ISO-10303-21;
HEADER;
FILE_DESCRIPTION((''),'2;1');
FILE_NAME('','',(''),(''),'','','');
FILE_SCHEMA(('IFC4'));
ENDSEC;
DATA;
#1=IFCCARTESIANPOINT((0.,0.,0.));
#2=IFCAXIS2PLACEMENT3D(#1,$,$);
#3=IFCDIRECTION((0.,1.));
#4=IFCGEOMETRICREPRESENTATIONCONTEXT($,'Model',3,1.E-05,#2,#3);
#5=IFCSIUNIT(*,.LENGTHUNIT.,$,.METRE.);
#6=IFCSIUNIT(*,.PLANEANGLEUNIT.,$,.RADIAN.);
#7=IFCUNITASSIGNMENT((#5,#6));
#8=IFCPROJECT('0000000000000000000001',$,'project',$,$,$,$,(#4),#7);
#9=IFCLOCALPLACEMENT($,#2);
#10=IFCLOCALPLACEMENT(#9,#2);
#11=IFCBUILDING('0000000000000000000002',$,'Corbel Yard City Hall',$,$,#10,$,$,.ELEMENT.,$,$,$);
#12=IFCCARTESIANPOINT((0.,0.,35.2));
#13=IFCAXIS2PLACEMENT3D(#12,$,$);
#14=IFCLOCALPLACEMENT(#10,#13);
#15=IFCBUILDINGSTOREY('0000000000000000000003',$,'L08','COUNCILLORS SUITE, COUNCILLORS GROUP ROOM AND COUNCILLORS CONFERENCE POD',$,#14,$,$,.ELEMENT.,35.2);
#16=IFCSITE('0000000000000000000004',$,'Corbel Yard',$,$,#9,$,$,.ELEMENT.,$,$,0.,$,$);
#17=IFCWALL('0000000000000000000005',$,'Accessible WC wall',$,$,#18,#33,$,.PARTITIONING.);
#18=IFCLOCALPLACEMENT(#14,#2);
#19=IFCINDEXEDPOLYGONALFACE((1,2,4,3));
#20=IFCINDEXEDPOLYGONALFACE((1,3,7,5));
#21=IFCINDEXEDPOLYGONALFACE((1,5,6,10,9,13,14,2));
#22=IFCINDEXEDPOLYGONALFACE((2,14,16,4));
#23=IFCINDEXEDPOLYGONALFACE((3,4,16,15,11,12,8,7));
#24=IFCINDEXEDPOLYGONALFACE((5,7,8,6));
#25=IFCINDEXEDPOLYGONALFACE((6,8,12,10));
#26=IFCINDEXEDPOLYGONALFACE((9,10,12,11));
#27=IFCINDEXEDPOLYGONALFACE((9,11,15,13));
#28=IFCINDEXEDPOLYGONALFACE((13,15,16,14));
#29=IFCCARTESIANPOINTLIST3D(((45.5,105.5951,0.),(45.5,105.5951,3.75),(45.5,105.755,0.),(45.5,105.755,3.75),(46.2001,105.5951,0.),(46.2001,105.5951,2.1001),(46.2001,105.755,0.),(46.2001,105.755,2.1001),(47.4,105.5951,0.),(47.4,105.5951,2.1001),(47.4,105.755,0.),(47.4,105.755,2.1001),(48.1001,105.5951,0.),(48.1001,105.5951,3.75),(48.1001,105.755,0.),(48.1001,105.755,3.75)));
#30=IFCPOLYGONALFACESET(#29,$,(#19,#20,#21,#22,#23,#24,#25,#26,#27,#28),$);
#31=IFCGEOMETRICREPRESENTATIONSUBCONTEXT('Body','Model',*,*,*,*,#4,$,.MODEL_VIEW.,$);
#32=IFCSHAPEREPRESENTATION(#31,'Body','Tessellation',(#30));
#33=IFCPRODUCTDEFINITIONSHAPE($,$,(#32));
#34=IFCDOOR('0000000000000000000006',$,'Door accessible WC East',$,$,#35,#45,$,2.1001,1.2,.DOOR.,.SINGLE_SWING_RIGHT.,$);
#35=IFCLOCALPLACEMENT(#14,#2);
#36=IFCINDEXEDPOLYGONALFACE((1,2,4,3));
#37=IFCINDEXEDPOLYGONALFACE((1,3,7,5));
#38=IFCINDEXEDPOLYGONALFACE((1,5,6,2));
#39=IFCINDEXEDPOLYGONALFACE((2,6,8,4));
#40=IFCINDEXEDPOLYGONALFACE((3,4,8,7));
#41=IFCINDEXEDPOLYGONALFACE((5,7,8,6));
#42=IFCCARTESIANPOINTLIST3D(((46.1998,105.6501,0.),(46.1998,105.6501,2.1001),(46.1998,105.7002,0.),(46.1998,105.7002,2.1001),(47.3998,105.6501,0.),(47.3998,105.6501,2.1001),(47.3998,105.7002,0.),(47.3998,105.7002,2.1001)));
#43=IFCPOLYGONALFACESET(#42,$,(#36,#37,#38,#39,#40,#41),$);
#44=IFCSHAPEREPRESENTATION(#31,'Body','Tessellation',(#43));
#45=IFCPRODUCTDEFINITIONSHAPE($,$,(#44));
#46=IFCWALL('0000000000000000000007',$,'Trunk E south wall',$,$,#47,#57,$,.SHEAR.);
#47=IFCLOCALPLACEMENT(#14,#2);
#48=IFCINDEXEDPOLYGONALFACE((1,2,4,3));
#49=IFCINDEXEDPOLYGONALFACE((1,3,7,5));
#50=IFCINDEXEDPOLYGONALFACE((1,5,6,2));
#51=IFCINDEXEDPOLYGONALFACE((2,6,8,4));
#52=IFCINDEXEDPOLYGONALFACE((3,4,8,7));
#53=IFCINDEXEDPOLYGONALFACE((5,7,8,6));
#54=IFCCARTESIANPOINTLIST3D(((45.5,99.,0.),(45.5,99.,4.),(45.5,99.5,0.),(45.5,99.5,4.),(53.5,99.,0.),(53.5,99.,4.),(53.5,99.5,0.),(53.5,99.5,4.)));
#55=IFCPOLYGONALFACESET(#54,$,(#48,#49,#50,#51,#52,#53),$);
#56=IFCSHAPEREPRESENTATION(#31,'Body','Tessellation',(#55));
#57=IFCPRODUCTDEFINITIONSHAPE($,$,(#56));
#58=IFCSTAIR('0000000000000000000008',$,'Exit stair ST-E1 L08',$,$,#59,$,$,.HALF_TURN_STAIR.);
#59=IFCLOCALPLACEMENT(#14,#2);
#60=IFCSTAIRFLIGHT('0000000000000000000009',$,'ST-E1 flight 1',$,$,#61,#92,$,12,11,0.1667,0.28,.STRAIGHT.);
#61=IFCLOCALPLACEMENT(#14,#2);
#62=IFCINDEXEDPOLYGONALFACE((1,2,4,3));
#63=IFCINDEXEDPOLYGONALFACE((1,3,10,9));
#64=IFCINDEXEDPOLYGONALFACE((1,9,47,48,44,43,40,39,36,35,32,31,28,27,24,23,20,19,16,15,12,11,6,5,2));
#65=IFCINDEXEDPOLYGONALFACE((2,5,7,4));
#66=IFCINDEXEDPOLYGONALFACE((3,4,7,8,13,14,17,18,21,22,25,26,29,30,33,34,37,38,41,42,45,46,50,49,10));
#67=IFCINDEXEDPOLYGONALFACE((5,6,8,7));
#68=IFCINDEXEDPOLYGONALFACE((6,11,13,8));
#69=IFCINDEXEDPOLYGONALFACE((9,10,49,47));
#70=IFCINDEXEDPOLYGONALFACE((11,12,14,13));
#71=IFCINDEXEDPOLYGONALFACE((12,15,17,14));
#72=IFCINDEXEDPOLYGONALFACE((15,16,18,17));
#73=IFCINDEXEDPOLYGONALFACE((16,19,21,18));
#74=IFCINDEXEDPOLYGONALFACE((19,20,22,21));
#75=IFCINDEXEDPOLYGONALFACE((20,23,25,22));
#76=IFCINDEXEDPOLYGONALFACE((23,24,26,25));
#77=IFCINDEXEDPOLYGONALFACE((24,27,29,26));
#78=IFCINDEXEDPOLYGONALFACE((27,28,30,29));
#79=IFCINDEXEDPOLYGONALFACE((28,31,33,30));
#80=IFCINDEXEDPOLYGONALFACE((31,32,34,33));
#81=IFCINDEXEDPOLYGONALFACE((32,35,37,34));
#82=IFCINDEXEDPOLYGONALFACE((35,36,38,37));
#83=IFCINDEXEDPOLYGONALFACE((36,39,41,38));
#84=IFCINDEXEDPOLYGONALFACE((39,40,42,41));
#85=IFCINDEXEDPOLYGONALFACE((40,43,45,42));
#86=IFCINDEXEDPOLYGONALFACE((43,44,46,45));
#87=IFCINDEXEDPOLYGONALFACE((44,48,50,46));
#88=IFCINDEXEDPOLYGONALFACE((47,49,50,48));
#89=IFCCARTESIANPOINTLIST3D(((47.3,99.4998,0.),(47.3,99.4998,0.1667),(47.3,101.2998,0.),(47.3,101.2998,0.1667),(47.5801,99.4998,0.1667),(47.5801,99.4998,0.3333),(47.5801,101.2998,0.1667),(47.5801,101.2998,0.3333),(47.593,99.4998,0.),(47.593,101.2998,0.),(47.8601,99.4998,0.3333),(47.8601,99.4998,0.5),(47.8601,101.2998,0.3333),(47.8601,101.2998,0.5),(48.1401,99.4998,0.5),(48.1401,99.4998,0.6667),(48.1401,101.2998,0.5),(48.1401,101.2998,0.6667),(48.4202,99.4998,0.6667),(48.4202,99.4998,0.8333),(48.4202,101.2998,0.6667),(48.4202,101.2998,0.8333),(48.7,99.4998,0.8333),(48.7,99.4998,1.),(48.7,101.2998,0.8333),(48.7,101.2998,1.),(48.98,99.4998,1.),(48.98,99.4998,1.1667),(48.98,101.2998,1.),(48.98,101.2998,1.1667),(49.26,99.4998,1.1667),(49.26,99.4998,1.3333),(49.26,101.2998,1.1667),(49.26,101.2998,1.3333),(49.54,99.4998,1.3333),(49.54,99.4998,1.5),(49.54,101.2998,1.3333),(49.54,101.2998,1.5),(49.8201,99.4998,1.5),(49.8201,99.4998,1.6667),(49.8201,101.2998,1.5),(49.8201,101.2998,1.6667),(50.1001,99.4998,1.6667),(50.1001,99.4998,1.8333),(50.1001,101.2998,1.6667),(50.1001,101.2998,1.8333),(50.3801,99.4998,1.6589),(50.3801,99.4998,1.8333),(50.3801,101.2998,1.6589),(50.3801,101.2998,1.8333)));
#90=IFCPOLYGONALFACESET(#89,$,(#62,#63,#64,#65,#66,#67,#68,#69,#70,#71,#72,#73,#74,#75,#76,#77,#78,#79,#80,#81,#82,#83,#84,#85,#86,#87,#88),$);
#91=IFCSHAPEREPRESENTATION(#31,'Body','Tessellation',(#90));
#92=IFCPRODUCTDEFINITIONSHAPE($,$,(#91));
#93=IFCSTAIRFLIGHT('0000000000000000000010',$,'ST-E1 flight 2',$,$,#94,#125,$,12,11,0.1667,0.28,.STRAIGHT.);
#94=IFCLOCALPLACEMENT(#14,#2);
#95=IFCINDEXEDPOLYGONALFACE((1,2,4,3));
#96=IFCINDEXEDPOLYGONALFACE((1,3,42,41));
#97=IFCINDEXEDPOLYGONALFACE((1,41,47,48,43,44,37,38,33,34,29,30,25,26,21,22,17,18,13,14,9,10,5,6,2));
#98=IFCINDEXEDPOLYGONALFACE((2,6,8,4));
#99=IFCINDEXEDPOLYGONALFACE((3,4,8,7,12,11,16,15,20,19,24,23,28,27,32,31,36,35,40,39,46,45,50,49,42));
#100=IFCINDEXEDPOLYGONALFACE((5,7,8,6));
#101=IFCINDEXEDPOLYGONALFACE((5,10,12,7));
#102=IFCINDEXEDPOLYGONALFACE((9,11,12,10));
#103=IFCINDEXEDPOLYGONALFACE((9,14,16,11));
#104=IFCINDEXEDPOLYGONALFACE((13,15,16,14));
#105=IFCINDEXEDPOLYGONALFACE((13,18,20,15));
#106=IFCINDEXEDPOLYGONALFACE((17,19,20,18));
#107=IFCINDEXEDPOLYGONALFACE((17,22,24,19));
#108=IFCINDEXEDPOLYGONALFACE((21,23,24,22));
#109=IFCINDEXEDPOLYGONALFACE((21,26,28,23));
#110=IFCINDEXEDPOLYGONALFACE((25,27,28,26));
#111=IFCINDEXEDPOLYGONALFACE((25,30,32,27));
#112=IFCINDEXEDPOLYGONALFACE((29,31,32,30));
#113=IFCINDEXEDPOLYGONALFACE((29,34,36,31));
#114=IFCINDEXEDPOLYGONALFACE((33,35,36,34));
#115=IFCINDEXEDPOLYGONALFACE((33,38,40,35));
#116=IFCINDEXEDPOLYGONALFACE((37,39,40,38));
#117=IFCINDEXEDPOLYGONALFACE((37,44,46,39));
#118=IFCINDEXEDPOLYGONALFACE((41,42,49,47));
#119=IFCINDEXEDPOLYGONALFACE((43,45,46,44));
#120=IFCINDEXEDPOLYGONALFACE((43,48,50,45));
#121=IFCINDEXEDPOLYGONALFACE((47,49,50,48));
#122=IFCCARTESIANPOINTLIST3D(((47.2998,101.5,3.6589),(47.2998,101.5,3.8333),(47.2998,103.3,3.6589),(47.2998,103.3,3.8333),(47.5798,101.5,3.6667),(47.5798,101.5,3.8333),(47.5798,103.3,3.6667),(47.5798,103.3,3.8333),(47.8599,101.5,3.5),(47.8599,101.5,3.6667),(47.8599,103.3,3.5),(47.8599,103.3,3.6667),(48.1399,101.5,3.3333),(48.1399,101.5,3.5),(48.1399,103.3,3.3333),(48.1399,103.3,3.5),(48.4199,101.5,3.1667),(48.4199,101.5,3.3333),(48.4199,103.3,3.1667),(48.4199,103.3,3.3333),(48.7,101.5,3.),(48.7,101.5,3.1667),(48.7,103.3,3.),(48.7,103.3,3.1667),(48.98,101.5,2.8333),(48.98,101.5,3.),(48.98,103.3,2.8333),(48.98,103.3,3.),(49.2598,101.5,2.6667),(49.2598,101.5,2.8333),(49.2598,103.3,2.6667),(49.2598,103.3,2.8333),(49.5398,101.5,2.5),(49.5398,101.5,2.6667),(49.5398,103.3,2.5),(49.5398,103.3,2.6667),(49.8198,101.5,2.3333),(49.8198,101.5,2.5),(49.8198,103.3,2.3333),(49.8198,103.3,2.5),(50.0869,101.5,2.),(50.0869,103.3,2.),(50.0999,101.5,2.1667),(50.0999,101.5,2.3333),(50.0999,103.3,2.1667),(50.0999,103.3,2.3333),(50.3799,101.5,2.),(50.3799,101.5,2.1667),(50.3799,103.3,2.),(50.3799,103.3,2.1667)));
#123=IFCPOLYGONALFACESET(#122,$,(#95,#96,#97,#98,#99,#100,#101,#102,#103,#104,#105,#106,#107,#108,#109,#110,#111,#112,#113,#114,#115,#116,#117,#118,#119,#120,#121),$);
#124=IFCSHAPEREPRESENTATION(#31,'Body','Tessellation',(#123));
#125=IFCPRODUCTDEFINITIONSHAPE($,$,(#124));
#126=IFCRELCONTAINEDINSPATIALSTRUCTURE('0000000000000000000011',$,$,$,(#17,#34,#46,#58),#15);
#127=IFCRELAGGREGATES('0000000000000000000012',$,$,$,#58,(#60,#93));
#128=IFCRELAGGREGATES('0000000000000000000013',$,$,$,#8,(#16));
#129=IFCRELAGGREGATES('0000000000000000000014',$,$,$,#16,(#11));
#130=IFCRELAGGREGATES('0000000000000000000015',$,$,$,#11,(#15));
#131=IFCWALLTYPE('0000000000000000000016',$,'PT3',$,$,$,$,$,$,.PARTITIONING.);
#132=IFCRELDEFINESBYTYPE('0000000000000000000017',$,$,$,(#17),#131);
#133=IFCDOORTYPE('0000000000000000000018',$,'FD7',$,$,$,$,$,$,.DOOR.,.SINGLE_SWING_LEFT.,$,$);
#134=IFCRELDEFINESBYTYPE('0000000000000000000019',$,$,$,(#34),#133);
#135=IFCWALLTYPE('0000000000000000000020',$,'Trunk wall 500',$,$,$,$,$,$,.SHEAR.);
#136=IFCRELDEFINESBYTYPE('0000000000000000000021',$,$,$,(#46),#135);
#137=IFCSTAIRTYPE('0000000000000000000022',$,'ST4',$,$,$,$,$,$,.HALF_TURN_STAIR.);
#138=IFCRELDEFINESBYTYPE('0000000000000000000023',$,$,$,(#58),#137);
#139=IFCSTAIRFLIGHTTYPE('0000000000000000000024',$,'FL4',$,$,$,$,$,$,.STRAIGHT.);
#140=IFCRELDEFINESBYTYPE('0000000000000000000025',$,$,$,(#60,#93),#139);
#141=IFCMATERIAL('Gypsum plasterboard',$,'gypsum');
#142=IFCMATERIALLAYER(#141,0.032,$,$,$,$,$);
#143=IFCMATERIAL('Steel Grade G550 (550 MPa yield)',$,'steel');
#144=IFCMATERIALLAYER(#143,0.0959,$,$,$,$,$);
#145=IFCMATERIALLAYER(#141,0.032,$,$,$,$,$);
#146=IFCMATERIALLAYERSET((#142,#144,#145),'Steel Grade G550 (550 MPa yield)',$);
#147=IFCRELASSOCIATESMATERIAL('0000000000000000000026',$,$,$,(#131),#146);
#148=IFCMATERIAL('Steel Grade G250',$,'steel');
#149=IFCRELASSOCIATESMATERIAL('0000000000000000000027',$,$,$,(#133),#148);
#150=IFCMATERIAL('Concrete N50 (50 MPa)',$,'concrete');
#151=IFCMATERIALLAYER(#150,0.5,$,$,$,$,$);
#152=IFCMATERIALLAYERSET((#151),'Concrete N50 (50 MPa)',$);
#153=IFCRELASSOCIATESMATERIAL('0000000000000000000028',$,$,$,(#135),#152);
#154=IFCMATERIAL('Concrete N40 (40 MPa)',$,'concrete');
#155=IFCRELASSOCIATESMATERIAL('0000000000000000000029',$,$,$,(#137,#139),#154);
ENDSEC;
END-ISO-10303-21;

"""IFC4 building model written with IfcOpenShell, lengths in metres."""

from ifc_helpers import new_model, si_unit, direction, frame, frame_2d, origin, place, context, subcontext, project, spatial, polyline, rectangle, outline, extrude, material, layer, layer_set, type_object, element, fill, aggregate, save


model = new_model("IFC4")

# Units and contexts
model_context = context("Model", 3, precision=1e-05, world=origin(), true_north=direction((0.0, 1.0)))
body_context = subcontext(model_context, "Body", "Model", "MODEL_VIEW")
ifc_project = project(units=[si_unit("LENGTHUNIT", "METRE"), si_unit("PLANEANGLEUNIT", "RADIAN")], contexts=[model_context])

# Site, building, storey
site_placement = place(None, origin())
site = spatial("IfcSite", under=ifc_project, at=site_placement, Name="Corbel Yard", CompositionType="ELEMENT", RefElevation=0.0)
building_placement = place(site_placement, origin())
building = spatial("IfcBuilding", under=site, at=building_placement, Name="Corbel Yard City Hall", CompositionType="ELEMENT")
storey_placement = place(building_placement, frame((0.0, 0.0, 35.2)))
storey = spatial("IfcBuildingStorey", under=building, at=storey_placement, Name="L08", Description="COUNCILLORS SUITE, COUNCILLORS GROUP ROOM AND COUNCILLORS CONFERENCE POD", CompositionType="ELEMENT", Elevation=35.2)

# Shared definitions
ifc_material_1 = material(Name="Concrete N40 (40 MPa)", Category="concrete")

# Wall, opening, door
ifc_material_2 = material(Name="Gypsum plasterboard", Category="gypsum")
ifc_layer_1 = layer(ifc_material_2, 0.032)
ifc_material_3 = material(Name="Steel Grade G550 (550 MPa yield)", Category="steel")
ifc_layer_2 = layer(ifc_material_3, 0.0959)
ifc_layer_3 = layer(ifc_material_2, 0.032)
ifc_layer_set_1 = layer_set([ifc_layer_1, ifc_layer_2, ifc_layer_3], Name="Steel Grade G550 (550 MPa yield)")
wall_type_1 = type_object("IfcWallType", Name="PT3", PredefinedType="PARTITIONING", material=ifc_layer_set_1)
wall_1_placement = place(storey_placement, frame((45.5, 105.675, 0.0), z_axis=(0.0, 0.0, 1.0), x_axis=(1.0, 0.0, 0.0)))
wall_1 = element("IfcWall", 1, at=wall_1_placement, inside=storey, type_object=wall_type_1, Name="Accessible WC wall", PredefinedType="PARTITIONING", context=body_context, shape_type="SweptSolid", body=[
    extrude(rectangle(XDim=2.6001, YDim=0.1599, at=frame_2d((1.3, 0.0))), origin(), (0.0, 0.0, 1.0), 3.75),
])
opening_1_placement = place(wall_1_placement, frame((0.7, 0.0, 0.0)))
opening_1 = element("IfcOpeningElement", 2, at=opening_1_placement, cuts=wall_1, PredefinedType="OPENING", context=body_context, shape_type="SweptSolid", body=[
    extrude(rectangle(XDim=1.2, YDim=2.1001, at=frame_2d((0.6001, 1.05))), frame((0.0, 0.0898, 0.0), z_axis=(0.0, -1.0, 0.0), x_axis=(1.0, 0.0, 0.0)), (0.0, 0.0, 1.0), 0.1799),
])
ifc_material_4 = material(Name="Steel Grade G250", Category="steel")
door_type_1 = type_object("IfcDoorType", Name="FD7", OperationType="SINGLE_SWING_LEFT", PredefinedType="DOOR", material=ifc_material_4)
door_1_placement = place(opening_1_placement, frame((1.2, 0.0, 0.0), z_axis=(0.0, 0.0, 1.0), x_axis=(-1.0, 0.0, 0.0)))
door_1 = element("IfcDoor", 3, at=door_1_placement, inside=storey, type_object=door_type_1, Name="Door accessible WC East", OperationType="SINGLE_SWING_RIGHT", OverallHeight=2.1001, OverallWidth=1.2, PredefinedType="DOOR", context=body_context, shape_type="SweptSolid", body=[
    extrude(rectangle(XDim=1.2, YDim=2.1001, at=frame_2d((0.6001, 1.05))), frame((0.0, 0.0249, 0.0), z_axis=(0.0, -1.0, 0.0), x_axis=(1.0, 0.0, 0.0)), (0.0, 0.0, 1.0), 0.05),
])
fill(opening_1, door_1)

# Wall
ifc_material_5 = material(Name="Concrete N50 (50 MPa)", Category="concrete")
ifc_layer_4 = layer(ifc_material_5, 0.5)
ifc_layer_set_2 = layer_set([ifc_layer_4], Name="Concrete N50 (50 MPa)")
wall_type_2 = type_object("IfcWallType", Name="Trunk wall 500", PredefinedType="SHEAR", material=ifc_layer_set_2)
wall_2_placement = place(storey_placement, frame((45.5, 99.25, 0.0), z_axis=(0.0, 0.0, 1.0), x_axis=(1.0, 0.0, 0.0)))
element("IfcWall", 4, at=wall_2_placement, inside=storey, type_object=wall_type_2, Name="Trunk E south wall", PredefinedType="SHEAR", context=body_context, shape_type="SweptSolid", body=[
    extrude(rectangle(XDim=8.0, YDim=0.5, at=frame_2d((4.0, 0.0))), origin(), (0.0, 0.0, 1.0), 4.0),
])

# Stair, stair flights
stair_type = type_object("IfcStairType", Name="ST4", PredefinedType="HALF_TURN_STAIR", material=ifc_material_1)
stair_placement = place(storey_placement, origin())
stair = element("IfcStair", 5, at=stair_placement, inside=storey, type_object=stair_type, Name="Exit stair ST-E1 L08", PredefinedType="HALF_TURN_STAIR")
stair_flight_type = type_object("IfcStairFlightType", Name="FL4", PredefinedType="STRAIGHT", material=ifc_material_1)
stair_flight_1_placement = place(storey_placement, frame((47.3, 100.3999, 0.0), z_axis=(0.0, 0.0, 1.0), x_axis=(1.0, 0.0, 0.0)))
stair_flight_1 = element("IfcStairFlight", 6, at=stair_flight_1_placement, type_object=stair_flight_type, Name="ST-E1 flight 1", NumberOfRisers=12, NumberOfTreads=11, PredefinedType="STRAIGHT", RiserHeight=0.1667, TreadLength=0.28, context=body_context, shape_type="SweptSolid", body=[
    extrude(outline(polyline([(0.0, 0.0), (0.0, 0.1667), (0.28, 0.1667), (0.28, 0.3333), (0.5601, 0.3333), (0.5601, 0.5), (0.8401, 0.5), (0.8401, 0.6667), (1.1201, 0.6667), (1.1201, 0.8333), (1.3999, 0.8333), (1.3999, 1.0), (1.6799, 1.0), (1.6799, 1.1667), (1.96, 1.1667), (1.96, 1.3333), (2.24, 1.3333), (2.24, 1.5), (2.52, 1.5), (2.52, 1.6667), (2.8, 1.6667), (2.8, 1.8333), (3.0801, 1.8333), (3.0801, 2.0), (3.0801, 1.6589), (0.293, 0.0), (0.0, 0.0)])), frame((0.0, 0.8999, 0.0), z_axis=(0.0, -1.0, 0.0), x_axis=(1.0, 0.0, 0.0)), (0.0, 0.0, 1.0), 1.8),
])
stair_flight_2_placement = place(storey_placement, frame((50.3799, 102.3999, 2.0), z_axis=(0.0, 0.0, 1.0), x_axis=(-1.0, 0.0, 0.0)))
stair_flight_2 = element("IfcStairFlight", 7, at=stair_flight_2_placement, type_object=stair_flight_type, Name="ST-E1 flight 2", NumberOfRisers=12, NumberOfTreads=11, PredefinedType="STRAIGHT", RiserHeight=0.1667, TreadLength=0.28, context=body_context, shape_type="SweptSolid", body=[
    extrude(outline(polyline([(0.0, 0.0), (0.0, 0.1667), (0.28, 0.1667), (0.28, 0.3333), (0.5601, 0.3333), (0.5601, 0.5), (0.8401, 0.5), (0.8401, 0.6667), (1.1201, 0.6667), (1.1201, 0.8333), (1.3999, 0.8333), (1.3999, 1.0), (1.6799, 1.0), (1.6799, 1.1667), (1.96, 1.1667), (1.96, 1.3333), (2.24, 1.3333), (2.24, 1.5), (2.52, 1.5), (2.52, 1.6667), (2.8, 1.6667), (2.8, 1.8333), (3.0801, 1.8333), (3.0801, 2.0), (3.0801, 1.6589), (0.293, 0.0), (0.0, 0.0)])), frame((0.0, 0.8999, 0.0), z_axis=(0.0, -1.0, 0.0), x_axis=(1.0, 0.0, 0.0)), (0.0, 0.0, 1.0), 1.8),
])
aggregate(stair, [stair_flight_1, stair_flight_2])

save(model, "model.ifc")
